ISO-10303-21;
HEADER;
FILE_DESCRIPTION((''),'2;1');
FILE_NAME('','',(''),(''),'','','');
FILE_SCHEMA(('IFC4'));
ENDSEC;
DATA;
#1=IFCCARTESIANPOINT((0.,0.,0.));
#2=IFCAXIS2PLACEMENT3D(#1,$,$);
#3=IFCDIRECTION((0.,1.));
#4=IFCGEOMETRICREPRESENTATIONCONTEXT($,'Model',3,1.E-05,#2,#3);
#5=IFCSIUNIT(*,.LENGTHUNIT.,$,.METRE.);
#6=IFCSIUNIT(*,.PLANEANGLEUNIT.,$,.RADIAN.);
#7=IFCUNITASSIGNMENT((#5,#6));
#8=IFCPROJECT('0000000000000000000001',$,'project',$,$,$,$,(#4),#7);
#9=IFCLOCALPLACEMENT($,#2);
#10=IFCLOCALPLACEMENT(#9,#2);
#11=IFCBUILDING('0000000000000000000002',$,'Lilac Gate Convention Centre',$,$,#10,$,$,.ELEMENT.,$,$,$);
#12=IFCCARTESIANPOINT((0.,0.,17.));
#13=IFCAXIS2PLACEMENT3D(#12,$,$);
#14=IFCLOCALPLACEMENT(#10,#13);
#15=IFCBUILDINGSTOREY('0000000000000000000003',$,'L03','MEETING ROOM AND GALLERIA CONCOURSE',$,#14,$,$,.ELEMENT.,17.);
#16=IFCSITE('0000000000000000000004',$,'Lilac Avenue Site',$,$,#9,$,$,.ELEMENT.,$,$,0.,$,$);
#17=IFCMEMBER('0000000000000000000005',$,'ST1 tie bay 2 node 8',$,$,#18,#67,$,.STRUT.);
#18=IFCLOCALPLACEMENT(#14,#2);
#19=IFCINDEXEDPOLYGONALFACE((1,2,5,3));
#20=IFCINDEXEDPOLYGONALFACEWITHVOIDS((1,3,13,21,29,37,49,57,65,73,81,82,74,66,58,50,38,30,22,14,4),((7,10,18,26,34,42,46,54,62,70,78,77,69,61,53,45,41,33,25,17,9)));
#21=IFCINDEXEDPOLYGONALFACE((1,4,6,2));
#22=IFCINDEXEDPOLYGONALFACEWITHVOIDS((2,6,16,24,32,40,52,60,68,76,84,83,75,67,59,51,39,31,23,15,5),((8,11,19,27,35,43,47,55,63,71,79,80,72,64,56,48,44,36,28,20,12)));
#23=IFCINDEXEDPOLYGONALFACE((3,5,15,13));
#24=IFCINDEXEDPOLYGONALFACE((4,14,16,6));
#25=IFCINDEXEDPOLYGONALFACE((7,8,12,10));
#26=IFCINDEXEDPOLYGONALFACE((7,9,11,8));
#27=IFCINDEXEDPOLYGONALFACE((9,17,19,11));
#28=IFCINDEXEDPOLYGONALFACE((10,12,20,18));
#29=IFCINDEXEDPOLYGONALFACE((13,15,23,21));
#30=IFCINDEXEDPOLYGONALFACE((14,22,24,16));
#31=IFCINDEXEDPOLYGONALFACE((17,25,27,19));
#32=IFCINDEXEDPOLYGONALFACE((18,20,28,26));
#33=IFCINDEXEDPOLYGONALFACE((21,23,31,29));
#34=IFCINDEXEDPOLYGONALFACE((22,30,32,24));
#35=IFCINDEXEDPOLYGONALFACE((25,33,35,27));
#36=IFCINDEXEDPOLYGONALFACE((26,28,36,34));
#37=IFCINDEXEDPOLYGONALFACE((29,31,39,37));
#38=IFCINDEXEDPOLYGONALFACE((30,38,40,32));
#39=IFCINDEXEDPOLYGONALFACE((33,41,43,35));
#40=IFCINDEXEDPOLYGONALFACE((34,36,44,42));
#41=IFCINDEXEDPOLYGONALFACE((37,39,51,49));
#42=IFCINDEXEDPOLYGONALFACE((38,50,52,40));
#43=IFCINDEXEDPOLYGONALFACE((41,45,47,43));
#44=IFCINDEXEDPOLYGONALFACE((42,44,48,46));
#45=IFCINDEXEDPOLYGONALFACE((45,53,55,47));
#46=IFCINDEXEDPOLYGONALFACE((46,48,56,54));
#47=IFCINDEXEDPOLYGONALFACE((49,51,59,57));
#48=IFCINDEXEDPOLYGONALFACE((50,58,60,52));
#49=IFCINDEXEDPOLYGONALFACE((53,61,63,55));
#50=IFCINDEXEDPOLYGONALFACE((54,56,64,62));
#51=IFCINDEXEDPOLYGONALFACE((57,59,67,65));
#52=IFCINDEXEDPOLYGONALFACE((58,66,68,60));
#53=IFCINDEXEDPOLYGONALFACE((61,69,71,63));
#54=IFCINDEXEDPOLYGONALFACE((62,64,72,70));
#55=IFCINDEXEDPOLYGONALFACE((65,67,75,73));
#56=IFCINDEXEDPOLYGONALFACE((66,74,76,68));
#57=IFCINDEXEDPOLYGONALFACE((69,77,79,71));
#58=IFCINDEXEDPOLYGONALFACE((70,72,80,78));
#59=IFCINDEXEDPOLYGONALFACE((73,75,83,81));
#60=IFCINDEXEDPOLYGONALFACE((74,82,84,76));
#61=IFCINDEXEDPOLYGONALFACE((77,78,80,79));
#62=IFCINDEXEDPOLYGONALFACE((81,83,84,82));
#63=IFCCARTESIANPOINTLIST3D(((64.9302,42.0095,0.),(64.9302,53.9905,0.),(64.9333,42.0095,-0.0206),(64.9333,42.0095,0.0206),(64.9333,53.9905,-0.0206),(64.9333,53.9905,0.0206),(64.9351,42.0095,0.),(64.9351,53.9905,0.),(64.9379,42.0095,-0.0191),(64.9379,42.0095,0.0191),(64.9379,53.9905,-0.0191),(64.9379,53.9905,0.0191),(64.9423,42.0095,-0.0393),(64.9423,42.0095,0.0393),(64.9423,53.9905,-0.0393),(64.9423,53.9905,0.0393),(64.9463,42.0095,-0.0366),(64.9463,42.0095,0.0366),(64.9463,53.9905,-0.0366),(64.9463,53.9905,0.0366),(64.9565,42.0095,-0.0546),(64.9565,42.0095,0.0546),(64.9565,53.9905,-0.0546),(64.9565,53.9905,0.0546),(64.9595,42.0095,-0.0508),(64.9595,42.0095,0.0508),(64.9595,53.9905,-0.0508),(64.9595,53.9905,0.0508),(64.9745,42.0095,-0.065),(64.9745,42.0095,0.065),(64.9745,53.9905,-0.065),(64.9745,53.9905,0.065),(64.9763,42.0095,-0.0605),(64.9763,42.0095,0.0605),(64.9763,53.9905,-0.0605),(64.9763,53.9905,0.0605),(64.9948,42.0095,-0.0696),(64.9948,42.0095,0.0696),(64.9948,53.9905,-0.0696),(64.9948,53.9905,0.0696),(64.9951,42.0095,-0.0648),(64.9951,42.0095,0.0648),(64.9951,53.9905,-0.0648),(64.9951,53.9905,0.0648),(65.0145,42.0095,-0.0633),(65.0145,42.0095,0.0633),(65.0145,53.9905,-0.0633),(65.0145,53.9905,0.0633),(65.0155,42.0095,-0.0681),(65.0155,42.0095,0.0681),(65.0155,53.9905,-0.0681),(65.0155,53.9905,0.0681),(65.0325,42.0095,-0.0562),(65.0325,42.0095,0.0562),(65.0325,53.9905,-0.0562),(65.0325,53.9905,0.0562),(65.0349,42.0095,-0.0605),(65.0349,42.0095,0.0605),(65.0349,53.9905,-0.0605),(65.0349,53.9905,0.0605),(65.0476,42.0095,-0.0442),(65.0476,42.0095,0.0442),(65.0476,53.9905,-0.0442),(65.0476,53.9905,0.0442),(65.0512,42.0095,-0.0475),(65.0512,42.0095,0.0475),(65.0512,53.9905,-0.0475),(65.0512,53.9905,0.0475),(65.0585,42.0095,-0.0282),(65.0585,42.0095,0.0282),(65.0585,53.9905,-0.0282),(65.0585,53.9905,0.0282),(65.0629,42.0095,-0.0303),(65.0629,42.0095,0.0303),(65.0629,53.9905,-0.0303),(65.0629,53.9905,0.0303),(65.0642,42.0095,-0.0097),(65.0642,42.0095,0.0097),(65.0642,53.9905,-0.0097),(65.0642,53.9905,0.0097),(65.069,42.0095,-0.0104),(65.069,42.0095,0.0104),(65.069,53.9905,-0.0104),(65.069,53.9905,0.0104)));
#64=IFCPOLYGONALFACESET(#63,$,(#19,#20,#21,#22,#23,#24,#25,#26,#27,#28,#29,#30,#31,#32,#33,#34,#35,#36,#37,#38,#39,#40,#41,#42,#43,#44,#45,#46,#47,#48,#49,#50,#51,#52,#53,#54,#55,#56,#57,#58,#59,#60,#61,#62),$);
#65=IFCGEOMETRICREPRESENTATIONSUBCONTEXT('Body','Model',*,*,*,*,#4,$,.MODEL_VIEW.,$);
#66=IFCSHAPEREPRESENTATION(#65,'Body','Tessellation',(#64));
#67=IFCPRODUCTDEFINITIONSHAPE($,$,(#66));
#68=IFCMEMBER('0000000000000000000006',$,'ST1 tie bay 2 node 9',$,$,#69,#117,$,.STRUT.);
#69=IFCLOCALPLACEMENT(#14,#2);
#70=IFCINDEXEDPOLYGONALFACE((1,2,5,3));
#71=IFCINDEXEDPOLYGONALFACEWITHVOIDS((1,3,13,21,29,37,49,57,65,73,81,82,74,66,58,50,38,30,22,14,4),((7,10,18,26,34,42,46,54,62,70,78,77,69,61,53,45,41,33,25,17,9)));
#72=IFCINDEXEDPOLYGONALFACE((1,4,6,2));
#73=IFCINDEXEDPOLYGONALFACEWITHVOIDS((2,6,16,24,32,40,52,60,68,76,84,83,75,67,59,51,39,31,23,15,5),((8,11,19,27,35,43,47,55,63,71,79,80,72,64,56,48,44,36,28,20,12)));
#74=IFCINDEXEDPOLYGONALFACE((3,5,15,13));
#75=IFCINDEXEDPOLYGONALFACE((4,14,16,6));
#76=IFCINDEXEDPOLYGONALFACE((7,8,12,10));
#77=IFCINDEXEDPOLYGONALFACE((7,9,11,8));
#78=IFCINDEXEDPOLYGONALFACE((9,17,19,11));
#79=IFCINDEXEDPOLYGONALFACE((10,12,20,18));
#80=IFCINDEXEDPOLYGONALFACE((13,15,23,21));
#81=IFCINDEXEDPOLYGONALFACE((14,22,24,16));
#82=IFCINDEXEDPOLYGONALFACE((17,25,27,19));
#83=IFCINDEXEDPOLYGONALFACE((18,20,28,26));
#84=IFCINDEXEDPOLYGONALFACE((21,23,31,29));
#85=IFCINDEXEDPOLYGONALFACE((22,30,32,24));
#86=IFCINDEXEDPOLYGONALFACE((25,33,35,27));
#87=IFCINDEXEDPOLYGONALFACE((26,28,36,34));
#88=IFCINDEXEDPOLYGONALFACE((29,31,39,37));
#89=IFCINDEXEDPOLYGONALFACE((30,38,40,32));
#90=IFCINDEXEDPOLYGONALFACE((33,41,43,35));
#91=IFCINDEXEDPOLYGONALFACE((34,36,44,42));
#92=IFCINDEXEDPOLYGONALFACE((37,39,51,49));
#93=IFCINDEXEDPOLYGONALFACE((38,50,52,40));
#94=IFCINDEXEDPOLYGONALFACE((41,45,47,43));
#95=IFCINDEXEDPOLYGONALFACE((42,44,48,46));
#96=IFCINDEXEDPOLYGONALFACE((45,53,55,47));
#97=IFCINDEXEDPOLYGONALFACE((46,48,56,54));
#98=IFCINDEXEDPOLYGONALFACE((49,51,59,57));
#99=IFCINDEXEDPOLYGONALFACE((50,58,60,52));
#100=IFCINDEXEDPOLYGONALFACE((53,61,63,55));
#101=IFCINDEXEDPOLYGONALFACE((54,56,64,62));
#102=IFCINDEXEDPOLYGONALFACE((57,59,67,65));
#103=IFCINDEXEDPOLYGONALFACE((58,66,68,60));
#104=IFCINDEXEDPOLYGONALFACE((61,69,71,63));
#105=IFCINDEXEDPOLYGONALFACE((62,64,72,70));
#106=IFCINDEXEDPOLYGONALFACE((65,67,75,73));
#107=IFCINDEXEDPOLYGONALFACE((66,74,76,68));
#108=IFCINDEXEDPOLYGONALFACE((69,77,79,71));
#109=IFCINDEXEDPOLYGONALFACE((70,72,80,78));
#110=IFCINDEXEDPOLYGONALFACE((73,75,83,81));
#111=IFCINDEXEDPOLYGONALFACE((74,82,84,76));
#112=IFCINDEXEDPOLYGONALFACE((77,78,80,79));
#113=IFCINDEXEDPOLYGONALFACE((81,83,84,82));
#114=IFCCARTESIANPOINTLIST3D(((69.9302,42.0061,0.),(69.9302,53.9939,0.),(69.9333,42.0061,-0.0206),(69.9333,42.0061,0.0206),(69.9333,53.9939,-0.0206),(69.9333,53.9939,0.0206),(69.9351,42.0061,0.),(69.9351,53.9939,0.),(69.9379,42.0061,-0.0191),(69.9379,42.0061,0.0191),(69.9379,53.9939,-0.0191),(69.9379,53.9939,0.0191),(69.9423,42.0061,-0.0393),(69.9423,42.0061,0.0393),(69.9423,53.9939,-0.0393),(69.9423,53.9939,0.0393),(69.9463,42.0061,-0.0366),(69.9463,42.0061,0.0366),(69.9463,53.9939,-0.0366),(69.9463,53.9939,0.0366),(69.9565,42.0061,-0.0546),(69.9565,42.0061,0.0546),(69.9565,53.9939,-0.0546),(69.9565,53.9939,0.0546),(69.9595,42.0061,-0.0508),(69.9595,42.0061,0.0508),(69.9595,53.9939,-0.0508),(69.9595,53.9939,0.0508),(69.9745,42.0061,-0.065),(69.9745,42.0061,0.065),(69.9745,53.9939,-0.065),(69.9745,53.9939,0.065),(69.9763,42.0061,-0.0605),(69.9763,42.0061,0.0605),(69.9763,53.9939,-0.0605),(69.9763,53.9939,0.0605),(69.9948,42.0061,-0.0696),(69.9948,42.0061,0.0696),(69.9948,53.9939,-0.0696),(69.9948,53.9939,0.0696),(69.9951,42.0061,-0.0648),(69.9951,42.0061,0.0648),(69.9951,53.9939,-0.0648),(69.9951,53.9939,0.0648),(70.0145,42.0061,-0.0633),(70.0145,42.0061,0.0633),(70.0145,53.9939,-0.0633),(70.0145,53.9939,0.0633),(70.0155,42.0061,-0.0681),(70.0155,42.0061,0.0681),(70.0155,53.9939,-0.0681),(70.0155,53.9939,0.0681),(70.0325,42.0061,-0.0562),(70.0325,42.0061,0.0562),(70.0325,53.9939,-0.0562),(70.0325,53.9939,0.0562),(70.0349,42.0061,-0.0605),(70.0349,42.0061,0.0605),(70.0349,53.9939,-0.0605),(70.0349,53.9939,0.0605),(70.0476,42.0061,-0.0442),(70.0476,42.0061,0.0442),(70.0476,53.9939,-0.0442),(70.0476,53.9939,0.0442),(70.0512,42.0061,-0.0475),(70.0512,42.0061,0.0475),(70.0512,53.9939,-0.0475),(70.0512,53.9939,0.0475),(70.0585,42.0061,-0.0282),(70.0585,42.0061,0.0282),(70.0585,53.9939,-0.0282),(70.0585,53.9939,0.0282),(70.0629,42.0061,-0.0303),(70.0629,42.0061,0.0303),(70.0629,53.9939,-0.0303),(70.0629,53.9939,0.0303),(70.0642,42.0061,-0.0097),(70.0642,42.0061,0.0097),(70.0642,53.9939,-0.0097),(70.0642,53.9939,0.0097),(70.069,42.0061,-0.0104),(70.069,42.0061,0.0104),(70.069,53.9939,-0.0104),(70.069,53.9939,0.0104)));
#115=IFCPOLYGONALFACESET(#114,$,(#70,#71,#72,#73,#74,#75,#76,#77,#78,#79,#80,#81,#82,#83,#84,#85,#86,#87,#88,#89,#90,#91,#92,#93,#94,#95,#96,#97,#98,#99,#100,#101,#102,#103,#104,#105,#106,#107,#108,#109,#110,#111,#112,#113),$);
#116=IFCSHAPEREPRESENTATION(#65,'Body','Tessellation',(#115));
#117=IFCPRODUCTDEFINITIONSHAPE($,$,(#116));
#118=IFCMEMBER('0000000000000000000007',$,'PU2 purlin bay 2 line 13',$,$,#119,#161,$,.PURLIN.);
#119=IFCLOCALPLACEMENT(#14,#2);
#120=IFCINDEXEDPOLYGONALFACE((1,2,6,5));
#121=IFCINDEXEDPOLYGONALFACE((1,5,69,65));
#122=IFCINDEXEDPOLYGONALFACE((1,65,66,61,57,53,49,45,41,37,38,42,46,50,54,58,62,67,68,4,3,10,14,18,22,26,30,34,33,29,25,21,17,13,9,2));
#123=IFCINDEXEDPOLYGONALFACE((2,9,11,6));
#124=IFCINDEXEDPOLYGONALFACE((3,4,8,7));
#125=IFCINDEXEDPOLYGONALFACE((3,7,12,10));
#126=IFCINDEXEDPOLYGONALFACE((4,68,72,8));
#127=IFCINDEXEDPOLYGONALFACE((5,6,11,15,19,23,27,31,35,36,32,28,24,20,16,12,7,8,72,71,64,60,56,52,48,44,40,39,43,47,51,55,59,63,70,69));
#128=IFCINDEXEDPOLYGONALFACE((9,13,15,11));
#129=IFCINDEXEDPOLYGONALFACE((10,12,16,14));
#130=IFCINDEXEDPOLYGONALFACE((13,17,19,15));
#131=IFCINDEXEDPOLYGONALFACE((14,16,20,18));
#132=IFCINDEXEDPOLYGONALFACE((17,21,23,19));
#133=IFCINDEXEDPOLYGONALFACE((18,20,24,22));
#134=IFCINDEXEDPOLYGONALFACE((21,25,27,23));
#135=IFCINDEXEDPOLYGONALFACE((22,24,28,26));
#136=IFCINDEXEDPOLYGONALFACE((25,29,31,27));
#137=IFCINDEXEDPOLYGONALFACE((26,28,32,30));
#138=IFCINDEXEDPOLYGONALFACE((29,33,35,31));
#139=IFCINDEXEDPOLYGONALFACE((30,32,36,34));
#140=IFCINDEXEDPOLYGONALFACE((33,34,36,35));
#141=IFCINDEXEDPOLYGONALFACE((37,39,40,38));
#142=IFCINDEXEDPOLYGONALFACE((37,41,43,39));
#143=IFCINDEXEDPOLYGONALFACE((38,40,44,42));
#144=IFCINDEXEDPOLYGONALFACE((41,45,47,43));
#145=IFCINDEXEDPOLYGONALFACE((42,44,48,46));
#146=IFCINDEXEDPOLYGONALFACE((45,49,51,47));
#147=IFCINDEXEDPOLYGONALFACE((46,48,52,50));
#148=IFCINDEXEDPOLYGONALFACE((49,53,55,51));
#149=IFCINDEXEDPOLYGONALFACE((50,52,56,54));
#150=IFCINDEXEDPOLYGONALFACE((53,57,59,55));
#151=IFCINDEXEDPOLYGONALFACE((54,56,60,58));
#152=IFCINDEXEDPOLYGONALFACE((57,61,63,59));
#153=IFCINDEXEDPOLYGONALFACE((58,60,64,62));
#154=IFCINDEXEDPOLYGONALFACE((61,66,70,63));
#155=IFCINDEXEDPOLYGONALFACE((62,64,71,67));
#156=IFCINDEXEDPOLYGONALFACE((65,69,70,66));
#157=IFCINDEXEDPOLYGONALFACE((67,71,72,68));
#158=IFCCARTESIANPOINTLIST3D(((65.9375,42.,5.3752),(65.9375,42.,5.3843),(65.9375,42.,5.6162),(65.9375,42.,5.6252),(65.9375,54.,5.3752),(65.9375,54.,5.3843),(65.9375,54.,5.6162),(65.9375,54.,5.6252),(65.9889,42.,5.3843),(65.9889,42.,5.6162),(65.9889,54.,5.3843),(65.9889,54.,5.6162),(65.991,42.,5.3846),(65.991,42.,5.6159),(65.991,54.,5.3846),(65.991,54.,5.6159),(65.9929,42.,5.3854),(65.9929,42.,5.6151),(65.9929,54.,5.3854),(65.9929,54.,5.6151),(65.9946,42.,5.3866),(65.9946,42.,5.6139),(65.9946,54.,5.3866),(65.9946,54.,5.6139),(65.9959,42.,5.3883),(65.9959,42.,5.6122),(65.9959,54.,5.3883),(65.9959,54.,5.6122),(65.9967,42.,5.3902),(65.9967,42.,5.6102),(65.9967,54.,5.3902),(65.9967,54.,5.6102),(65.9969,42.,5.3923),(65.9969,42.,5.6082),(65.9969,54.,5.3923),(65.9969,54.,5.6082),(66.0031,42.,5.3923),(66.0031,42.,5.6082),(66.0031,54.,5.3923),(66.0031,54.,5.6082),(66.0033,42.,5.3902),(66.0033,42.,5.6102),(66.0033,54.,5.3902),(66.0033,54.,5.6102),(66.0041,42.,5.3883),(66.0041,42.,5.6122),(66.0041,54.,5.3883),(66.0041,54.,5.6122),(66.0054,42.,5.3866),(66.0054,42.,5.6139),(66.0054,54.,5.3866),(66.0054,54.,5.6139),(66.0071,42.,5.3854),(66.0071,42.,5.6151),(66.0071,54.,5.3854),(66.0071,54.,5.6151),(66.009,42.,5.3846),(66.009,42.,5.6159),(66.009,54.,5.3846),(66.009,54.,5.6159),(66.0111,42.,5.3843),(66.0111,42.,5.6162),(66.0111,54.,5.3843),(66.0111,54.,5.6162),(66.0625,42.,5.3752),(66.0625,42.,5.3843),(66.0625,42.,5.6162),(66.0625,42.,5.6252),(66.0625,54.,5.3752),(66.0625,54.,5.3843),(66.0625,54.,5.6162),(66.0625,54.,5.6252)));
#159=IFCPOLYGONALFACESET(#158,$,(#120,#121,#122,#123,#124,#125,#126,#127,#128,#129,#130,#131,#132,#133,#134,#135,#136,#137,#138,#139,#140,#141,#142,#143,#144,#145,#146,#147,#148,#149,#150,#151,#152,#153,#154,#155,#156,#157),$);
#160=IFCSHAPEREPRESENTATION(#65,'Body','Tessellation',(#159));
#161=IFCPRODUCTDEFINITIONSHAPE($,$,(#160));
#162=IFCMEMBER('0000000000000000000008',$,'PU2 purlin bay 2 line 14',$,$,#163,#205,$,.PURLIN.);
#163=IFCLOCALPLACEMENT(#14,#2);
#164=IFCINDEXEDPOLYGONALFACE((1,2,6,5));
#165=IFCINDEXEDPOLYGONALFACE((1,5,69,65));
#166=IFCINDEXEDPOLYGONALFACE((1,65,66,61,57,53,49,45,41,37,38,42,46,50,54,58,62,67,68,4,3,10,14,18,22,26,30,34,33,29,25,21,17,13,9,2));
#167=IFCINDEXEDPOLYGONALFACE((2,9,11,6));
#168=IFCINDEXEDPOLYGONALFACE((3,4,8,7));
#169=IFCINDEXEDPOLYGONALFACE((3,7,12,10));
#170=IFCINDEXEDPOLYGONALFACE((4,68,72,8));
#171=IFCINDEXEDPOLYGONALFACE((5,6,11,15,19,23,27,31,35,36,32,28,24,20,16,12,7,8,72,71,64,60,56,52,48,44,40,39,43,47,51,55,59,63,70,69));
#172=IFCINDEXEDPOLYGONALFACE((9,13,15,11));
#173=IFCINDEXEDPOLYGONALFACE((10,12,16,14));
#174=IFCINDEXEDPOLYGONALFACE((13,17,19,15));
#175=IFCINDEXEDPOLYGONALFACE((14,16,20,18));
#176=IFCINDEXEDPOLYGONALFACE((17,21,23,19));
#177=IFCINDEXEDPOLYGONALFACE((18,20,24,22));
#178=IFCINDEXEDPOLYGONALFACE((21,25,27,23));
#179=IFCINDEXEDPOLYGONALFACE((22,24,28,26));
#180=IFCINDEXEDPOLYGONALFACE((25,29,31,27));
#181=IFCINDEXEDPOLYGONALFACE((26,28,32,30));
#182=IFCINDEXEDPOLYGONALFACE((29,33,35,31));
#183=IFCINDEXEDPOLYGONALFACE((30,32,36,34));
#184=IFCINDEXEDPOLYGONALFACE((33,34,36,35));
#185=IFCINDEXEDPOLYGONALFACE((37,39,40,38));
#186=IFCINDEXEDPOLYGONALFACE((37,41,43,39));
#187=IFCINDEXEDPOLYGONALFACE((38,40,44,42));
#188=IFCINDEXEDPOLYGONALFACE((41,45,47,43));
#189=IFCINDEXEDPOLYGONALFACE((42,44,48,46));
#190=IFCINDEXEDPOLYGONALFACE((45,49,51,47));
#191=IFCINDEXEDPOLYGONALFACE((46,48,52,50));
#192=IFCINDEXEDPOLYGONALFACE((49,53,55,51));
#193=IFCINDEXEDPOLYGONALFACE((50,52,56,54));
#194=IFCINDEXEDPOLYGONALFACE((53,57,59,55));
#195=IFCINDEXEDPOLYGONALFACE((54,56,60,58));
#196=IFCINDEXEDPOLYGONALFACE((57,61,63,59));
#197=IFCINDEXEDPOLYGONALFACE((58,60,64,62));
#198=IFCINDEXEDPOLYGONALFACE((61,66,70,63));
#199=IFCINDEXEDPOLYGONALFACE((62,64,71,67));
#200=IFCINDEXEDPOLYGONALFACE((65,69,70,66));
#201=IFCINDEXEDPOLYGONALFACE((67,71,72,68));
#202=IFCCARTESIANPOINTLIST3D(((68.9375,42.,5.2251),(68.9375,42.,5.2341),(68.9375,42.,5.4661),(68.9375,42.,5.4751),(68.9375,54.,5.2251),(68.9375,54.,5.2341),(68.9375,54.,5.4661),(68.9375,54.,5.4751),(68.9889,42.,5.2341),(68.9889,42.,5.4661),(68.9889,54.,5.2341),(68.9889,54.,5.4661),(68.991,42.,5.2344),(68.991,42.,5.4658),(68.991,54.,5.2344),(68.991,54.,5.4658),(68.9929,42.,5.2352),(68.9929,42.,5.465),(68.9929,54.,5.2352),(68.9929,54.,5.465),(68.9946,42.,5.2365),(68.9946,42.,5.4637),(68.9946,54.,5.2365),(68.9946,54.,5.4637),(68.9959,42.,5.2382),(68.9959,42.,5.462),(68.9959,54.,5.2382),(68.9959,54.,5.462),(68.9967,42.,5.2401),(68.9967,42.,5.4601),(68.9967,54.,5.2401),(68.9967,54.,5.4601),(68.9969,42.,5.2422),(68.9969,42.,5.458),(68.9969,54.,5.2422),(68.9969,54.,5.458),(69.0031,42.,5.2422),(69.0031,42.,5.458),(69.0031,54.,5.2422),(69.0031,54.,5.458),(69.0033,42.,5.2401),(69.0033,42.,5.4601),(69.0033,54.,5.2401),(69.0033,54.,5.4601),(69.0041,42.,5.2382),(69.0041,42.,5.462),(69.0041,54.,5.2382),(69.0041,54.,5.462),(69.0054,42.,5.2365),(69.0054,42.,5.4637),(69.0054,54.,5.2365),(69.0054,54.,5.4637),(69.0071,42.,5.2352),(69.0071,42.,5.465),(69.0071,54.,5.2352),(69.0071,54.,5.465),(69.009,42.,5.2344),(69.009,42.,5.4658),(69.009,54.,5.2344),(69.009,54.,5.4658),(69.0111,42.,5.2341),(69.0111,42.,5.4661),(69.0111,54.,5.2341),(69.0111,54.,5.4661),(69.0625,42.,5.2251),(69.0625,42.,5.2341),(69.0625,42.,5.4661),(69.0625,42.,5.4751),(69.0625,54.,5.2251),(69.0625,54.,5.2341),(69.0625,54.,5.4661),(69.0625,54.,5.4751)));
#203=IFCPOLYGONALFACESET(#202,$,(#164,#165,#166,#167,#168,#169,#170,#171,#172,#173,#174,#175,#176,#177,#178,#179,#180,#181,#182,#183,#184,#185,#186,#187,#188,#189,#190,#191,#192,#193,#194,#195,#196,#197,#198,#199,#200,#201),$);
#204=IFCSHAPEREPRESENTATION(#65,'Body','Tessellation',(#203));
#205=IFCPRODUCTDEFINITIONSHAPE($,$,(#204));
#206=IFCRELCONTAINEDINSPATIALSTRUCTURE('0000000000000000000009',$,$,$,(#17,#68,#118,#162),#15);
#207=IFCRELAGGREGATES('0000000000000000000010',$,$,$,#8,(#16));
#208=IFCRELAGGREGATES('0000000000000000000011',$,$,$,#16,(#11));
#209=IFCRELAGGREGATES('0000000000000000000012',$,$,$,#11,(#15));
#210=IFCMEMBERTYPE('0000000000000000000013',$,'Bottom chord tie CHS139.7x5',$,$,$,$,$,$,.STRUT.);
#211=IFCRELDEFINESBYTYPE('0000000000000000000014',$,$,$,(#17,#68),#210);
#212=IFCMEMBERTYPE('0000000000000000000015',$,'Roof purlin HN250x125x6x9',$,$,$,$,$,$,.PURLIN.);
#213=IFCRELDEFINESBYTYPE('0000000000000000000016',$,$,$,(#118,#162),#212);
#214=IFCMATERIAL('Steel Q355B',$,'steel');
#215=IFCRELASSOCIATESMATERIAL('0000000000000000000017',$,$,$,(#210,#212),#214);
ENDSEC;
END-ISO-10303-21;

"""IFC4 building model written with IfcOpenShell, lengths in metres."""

from ifc_helpers import new_model, si_unit, direction, frame, origin, origin_2d, place, context, subcontext, project, spatial, hollow_circle, i_section, extrude, material, material_profile, profile_set, type_object, element, save


model = new_model("IFC4")

# Units and contexts
model_context = context("Model", 3, precision=1e-05, world=origin(), true_north=direction((0.0, 1.0)))
body_context = subcontext(model_context, "Body", "Model", "MODEL_VIEW")
ifc_project = project(units=[si_unit("LENGTHUNIT", "METRE"), si_unit("PLANEANGLEUNIT", "RADIAN")], contexts=[model_context])

# Site, building, storey
site_placement = place(None, origin())
site = spatial("IfcSite", under=ifc_project, at=site_placement, Name="Lilac Avenue Site", CompositionType="ELEMENT", RefElevation=0.0)
building_placement = place(site_placement, origin())
building = spatial("IfcBuilding", under=site, at=building_placement, Name="Lilac Gate Convention Centre", CompositionType="ELEMENT")
storey_placement = place(building_placement, frame((0.0, 0.0, 17.0)))
storey = spatial("IfcBuildingStorey", under=building, at=storey_placement, Name="L03", Description="MEETING ROOM AND GALLERIA CONCOURSE", CompositionType="ELEMENT", Elevation=17.0)

# Members
ifc_material = material(Name="Steel Q355B", Category="steel")
ifc_material_profile_1 = material_profile(ifc_material, hollow_circle(Radius=0.0698, WallThickness=0.0049, at=origin_2d()), Name="CHS139.7x5")
ifc_profile_set_1 = profile_set([ifc_material_profile_1], Name="Steel Q355B")
member_type_1 = type_object("IfcMemberType", Name="Bottom chord tie CHS139.7x5", PredefinedType="STRUT", material=ifc_profile_set_1)
member_1_placement = place(storey_placement, frame((65.0, 42.0095, 0.0), z_axis=(0.0, 1.0, 0.0), x_axis=(-1.0, 0.0, 0.0)))
element("IfcMember", 1, at=member_1_placement, inside=storey, type_object=member_type_1, Name="ST1 tie bay 2 node 8", PredefinedType="STRUT", context=body_context, shape_type="SweptSolid", body=[
    extrude(hollow_circle(Radius=0.0698, WallThickness=0.0049, at=origin_2d()), origin(), (0.0, 0.0, 1.0), 11.981),
])
member_2_placement = place(storey_placement, frame((70.0, 42.0061, 0.0), z_axis=(0.0, 1.0, 0.0), x_axis=(-1.0, 0.0, 0.0)))
element("IfcMember", 2, at=member_2_placement, inside=storey, type_object=member_type_1, Name="ST1 tie bay 2 node 9", PredefinedType="STRUT", context=body_context, shape_type="SweptSolid", body=[
    extrude(hollow_circle(Radius=0.0698, WallThickness=0.0049, at=origin_2d()), origin(), (0.0, 0.0, 1.0), 11.9878),
])
ifc_material_profile_2 = material_profile(ifc_material, i_section(OverallWidth=0.125, OverallDepth=0.25, WebThickness=0.0061, FlangeThickness=0.009, FilletRadius=0.0081, at=origin_2d()), Name="HN250x125x6x9")
ifc_profile_set_2 = profile_set([ifc_material_profile_2], Name="Steel Q355B")
member_type_2 = type_object("IfcMemberType", Name="Roof purlin HN250x125x6x9", PredefinedType="PURLIN", material=ifc_profile_set_2)
for number, where, z_axis, x_axis, name in (
    (3, (66.0, 42.0, 5.5002), (0.0, 1.0, 0.0), (-1.0, 0.0, 0.0), "PU2 purlin bay 2 line 13"),
    (4, (69.0, 42.0, 5.3501), (0.0, 1.0, 0.0), (-1.0, 0.0, 0.0), "PU2 purlin bay 2 line 14"),
):
    element("IfcMember", number, at=place(storey_placement, frame(where, z_axis=z_axis, x_axis=x_axis)), inside=storey, type_object=member_type_2, Name=name, PredefinedType="PURLIN", context=body_context, shape_type="SweptSolid", body=[
        extrude(i_section(OverallWidth=0.125, OverallDepth=0.25, WebThickness=0.0061, FlangeThickness=0.009, FilletRadius=0.0081, at=origin_2d()), origin(), (0.0, 0.0, 1.0), 12.0),
    ])

save(model, "model.ifc")
